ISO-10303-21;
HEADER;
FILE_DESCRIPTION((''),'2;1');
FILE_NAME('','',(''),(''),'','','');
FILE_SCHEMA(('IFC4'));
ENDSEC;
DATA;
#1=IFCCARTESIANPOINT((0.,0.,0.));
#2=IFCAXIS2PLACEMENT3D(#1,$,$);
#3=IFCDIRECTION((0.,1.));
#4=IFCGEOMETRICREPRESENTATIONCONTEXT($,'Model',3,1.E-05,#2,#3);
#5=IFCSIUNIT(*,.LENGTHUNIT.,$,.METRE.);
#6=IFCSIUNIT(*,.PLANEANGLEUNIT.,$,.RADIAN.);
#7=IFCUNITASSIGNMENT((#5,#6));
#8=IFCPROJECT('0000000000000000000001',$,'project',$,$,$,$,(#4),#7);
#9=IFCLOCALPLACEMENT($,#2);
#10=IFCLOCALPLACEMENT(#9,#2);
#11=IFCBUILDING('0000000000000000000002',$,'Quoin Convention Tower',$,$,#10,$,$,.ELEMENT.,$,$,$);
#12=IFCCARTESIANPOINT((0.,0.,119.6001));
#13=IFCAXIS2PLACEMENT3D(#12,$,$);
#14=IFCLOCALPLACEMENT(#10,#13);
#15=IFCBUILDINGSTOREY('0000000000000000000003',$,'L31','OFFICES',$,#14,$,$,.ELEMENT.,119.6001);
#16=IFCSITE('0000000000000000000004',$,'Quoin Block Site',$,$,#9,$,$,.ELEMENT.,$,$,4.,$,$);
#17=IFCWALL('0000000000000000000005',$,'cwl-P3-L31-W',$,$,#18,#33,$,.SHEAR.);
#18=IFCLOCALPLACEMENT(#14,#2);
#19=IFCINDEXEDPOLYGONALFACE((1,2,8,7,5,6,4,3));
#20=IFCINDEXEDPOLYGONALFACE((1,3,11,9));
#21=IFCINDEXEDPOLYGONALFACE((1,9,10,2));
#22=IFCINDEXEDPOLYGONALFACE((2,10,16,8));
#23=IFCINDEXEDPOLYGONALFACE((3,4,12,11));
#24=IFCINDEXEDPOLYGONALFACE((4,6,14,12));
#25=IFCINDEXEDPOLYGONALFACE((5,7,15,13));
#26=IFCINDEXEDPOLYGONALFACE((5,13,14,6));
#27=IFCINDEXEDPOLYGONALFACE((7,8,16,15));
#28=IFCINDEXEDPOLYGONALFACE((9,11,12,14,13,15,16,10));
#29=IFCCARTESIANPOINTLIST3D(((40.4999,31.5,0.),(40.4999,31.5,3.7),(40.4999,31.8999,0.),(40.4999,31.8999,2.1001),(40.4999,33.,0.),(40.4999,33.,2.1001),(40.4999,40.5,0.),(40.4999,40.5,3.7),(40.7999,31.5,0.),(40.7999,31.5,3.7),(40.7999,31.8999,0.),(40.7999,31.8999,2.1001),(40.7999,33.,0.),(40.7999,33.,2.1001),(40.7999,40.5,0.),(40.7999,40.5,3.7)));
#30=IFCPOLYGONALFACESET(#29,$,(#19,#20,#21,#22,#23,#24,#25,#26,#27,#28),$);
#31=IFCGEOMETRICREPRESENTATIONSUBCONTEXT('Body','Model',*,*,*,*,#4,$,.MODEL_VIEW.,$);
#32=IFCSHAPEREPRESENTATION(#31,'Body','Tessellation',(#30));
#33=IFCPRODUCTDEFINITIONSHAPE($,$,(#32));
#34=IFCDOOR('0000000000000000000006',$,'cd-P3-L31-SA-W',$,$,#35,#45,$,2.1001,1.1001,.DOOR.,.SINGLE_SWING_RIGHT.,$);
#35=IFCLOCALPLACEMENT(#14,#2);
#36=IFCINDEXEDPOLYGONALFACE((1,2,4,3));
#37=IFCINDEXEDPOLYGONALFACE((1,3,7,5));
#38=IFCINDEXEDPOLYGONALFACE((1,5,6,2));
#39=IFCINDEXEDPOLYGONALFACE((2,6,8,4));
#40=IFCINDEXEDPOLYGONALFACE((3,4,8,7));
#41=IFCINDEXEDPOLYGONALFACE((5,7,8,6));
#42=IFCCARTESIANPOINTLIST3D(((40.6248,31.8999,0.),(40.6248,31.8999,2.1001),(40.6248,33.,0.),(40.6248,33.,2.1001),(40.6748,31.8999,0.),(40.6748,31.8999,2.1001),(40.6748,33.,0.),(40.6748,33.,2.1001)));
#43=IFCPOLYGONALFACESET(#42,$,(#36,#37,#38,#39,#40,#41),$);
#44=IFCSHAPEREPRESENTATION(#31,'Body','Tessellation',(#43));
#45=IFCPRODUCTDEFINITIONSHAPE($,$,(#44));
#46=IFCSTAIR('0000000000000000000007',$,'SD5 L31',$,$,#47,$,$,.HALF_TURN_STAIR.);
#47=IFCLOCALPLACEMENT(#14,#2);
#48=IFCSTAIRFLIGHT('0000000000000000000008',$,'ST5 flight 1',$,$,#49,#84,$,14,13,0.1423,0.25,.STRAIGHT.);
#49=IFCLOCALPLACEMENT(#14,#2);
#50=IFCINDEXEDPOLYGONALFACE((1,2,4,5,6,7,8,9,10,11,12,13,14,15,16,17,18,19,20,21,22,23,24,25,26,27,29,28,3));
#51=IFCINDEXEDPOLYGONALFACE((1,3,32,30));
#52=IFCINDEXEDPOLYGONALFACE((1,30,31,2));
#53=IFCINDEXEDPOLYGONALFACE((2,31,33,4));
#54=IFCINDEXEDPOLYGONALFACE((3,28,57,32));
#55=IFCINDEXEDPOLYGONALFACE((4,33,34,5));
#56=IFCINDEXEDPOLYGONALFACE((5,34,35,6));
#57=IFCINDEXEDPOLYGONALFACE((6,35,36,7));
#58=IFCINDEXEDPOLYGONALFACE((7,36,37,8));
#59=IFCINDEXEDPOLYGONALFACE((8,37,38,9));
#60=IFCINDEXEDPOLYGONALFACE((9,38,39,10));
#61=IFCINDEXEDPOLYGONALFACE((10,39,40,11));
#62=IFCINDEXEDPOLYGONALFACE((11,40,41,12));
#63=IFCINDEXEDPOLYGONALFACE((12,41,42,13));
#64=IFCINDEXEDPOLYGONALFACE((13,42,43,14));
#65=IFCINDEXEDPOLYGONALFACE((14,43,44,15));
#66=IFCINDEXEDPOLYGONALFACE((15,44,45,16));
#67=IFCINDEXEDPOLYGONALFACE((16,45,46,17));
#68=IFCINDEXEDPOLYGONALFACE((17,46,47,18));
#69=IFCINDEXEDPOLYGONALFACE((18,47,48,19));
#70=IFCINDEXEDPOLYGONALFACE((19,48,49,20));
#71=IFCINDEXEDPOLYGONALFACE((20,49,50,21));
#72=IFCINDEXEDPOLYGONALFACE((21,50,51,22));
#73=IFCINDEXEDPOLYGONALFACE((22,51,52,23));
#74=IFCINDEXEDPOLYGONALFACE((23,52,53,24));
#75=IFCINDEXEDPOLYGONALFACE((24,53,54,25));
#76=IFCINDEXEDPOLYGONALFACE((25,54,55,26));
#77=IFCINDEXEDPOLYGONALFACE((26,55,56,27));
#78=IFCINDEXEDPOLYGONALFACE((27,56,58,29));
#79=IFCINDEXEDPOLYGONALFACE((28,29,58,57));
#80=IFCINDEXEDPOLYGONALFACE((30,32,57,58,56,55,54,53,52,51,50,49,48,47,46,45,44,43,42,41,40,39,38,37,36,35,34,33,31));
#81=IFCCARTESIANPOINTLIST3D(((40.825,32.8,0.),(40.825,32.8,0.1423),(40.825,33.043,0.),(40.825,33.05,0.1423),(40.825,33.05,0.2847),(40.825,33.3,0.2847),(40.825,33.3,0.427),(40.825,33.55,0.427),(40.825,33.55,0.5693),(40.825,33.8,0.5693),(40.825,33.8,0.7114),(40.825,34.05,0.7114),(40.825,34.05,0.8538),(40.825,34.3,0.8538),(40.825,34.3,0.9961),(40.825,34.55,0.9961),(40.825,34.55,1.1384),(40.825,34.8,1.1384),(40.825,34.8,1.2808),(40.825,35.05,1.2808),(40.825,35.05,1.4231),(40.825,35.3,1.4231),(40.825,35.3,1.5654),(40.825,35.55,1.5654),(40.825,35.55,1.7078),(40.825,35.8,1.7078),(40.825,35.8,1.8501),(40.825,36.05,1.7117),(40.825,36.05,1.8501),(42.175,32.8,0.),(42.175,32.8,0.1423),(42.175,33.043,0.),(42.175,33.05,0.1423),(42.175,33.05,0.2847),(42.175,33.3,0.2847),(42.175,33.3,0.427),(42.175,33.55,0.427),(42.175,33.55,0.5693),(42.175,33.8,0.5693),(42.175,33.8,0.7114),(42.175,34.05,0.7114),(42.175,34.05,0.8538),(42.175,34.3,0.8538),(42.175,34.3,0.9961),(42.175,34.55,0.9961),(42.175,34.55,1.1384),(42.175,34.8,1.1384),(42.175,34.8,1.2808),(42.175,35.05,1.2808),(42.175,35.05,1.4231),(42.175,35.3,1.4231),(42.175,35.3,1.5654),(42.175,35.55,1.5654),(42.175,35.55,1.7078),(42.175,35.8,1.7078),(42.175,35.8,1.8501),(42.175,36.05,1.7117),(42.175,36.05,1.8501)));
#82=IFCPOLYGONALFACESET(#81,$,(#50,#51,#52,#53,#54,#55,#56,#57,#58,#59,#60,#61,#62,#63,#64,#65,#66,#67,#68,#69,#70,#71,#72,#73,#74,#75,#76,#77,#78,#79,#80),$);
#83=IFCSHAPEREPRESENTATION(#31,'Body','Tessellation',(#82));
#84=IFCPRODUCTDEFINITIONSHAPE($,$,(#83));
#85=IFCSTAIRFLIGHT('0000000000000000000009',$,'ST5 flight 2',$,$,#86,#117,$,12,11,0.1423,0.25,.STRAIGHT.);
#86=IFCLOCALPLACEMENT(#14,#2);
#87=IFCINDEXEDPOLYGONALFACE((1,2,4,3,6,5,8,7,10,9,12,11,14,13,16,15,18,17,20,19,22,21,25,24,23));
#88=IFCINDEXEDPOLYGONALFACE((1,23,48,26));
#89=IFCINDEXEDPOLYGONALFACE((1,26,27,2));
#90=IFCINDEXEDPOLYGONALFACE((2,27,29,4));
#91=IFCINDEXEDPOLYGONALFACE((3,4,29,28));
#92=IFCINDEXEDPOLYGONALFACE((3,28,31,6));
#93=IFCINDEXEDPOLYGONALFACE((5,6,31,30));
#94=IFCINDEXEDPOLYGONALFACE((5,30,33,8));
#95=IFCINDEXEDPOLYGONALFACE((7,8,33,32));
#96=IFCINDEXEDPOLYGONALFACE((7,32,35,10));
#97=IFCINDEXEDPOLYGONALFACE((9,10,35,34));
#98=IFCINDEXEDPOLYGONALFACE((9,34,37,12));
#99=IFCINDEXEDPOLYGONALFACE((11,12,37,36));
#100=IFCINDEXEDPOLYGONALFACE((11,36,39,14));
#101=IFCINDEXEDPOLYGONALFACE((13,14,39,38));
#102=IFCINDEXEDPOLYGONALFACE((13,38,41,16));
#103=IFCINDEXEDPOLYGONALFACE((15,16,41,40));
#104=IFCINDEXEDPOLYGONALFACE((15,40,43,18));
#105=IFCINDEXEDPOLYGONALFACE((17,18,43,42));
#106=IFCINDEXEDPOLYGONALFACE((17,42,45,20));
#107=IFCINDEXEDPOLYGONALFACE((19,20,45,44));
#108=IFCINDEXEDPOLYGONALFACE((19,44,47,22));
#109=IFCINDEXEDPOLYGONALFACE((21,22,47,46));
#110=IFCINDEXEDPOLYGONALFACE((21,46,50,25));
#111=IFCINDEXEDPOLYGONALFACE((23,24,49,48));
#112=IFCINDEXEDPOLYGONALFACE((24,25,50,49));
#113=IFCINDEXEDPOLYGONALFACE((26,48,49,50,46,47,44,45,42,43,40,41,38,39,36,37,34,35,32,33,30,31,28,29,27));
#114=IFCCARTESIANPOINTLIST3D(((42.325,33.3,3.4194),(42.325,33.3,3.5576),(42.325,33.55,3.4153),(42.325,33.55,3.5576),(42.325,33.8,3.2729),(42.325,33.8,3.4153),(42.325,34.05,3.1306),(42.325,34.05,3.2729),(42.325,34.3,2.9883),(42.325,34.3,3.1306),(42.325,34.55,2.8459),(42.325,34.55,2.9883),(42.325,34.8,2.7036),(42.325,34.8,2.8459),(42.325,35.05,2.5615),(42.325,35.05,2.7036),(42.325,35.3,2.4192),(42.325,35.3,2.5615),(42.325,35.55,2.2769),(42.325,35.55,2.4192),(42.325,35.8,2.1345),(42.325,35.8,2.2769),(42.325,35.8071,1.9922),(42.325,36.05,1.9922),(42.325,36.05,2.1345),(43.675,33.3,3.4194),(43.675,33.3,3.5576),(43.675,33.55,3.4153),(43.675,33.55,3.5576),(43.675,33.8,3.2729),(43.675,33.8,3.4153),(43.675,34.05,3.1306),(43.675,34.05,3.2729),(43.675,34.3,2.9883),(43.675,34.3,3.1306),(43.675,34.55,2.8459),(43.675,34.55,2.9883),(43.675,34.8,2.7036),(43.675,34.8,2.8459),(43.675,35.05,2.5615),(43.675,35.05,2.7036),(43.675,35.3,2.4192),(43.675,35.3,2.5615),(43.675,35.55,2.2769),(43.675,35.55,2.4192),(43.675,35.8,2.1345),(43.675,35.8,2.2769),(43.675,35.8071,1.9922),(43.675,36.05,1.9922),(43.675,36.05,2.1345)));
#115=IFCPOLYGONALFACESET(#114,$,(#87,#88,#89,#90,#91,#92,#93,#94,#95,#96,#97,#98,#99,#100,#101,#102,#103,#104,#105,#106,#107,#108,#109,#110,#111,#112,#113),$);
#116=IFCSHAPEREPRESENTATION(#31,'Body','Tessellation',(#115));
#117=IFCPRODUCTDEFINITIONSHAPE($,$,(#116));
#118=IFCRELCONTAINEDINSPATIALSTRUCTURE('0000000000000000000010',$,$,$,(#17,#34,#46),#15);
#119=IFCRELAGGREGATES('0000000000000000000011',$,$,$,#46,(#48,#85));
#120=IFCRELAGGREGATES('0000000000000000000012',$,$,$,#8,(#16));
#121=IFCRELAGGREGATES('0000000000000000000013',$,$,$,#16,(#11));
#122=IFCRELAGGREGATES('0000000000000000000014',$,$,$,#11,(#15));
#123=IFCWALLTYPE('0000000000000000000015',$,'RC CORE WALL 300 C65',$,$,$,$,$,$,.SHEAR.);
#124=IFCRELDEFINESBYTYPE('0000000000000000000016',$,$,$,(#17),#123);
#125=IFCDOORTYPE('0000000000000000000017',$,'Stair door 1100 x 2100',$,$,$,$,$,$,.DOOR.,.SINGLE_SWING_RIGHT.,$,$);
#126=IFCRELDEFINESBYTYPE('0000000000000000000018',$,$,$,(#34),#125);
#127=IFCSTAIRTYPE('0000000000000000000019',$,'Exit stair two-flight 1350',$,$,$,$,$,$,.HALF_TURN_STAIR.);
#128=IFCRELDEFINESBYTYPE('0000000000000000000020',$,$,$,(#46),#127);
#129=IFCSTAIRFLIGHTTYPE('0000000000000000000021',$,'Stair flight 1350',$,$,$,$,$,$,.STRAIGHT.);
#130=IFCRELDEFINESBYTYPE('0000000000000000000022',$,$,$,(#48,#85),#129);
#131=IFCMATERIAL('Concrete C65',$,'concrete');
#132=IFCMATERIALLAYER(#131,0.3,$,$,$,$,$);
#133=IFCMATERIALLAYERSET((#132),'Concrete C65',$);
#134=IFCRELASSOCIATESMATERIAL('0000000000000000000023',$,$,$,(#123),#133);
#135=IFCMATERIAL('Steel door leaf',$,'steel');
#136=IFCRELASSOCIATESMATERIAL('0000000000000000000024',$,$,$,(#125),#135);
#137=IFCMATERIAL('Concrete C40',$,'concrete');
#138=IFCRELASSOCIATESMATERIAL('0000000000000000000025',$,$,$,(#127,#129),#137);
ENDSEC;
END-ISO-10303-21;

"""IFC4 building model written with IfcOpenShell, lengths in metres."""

from ifc_helpers import new_model, si_unit, direction, frame, frame_2d, origin, place, context, subcontext, project, spatial, polyline, rectangle, outline, extrude, material, layer, layer_set, type_object, element, fill, aggregate, save


model = new_model("IFC4")

# Units and contexts
model_context = context("Model", 3, precision=1e-05, world=origin(), true_north=direction((0.0, 1.0)))
body_context = subcontext(model_context, "Body", "Model", "MODEL_VIEW")
ifc_project = project(units=[si_unit("LENGTHUNIT", "METRE"), si_unit("PLANEANGLEUNIT", "RADIAN")], contexts=[model_context])

# Site, building, storey
site_placement = place(None, origin())
site = spatial("IfcSite", under=ifc_project, at=site_placement, Name="Quoin Block Site", CompositionType="ELEMENT", RefElevation=4.0)
building_placement = place(site_placement, origin())
building = spatial("IfcBuilding", under=site, at=building_placement, Name="Quoin Convention Tower", CompositionType="ELEMENT")
storey_placement = place(building_placement, frame((0.0, 0.0, 119.6001)))
storey = spatial("IfcBuildingStorey", under=building, at=storey_placement, Name="L31", Description="OFFICES", CompositionType="ELEMENT", Elevation=119.6001)

# Shared definitions
ifc_material_1 = material(Name="Concrete C65", Category="concrete")

# Wall, opening, door
ifc_layer_1 = layer(ifc_material_1, 0.3)
ifc_layer_set_1 = layer_set([ifc_layer_1], Name="Concrete C65")
wall_type_1 = type_object("IfcWallType", Name="RC CORE WALL 300 C65", PredefinedType="SHEAR", material=ifc_layer_set_1)
ifc_material_2 = material(Name="Steel door leaf", Category="steel")
door_type_1 = type_object("IfcDoorType", Name="Stair door 1100 x 2100", OperationType="SINGLE_SWING_RIGHT", PredefinedType="DOOR", material=ifc_material_2)
wall_1_placement = place(storey_placement, frame((40.6499, 31.5, 0.0), z_axis=(0.0, 0.0, 1.0), x_axis=(0.0, 1.0, 0.0)))
wall_1 = element("IfcWall", 1, at=wall_1_placement, inside=storey, type_object=wall_type_1, Name="cwl-P3-L31-W", PredefinedType="SHEAR", context=body_context, shape_type="SweptSolid", body=[
    extrude(rectangle(XDim=9.0, YDim=0.3, at=frame_2d((4.5, 0.0))), origin(), (0.0, 0.0, 1.0), 3.7),
])
opening_1_placement = place(wall_1_placement, frame((0.3999, 0.0, 0.0)))
opening_1 = element("IfcOpeningElement", 2, at=opening_1_placement, cuts=wall_1, PredefinedType="OPENING", context=body_context, shape_type="SweptSolid", body=[
    extrude(rectangle(XDim=1.1001, YDim=2.1001, at=frame_2d((0.55, 1.05))), frame((0.0, 0.1599, 0.0), z_axis=(0.0, -1.0, 0.0), x_axis=(1.0, 0.0, 0.0)), (0.0, 0.0, 1.0), 0.3201),
])
door_1_placement = place(opening_1_placement, frame((1.1001, 0.0, 0.0), z_axis=(0.0, 0.0, 1.0), x_axis=(-1.0, 0.0, 0.0)))
door_1 = element("IfcDoor", 3, at=door_1_placement, inside=storey, type_object=door_type_1, Name="cd-P3-L31-SA-W", OperationType="SINGLE_SWING_RIGHT", OverallHeight=2.1001, OverallWidth=1.1001, PredefinedType="DOOR", context=body_context, shape_type="SweptSolid", body=[
    extrude(rectangle(XDim=1.1001, YDim=2.1001, at=frame_2d((0.55, 1.05))), frame((0.0, 0.0249, 0.0), z_axis=(0.0, -1.0, 0.0), x_axis=(1.0, 0.0, 0.0)), (0.0, 0.0, 1.0), 0.05),
])
fill(opening_1, door_1)

# Stair, stair flights
ifc_material_3 = material(Name="Concrete C40", Category="concrete")
stair_type = type_object("IfcStairType", Name="Exit stair two-flight 1350", PredefinedType="HALF_TURN_STAIR", material=ifc_material_3)
stair_placement = place(storey_placement, origin())
stair = element("IfcStair", 4, at=stair_placement, inside=storey, type_object=stair_type, Name="SD5 L31", PredefinedType="HALF_TURN_STAIR")
stair_flight_type = type_object("IfcStairFlightType", Name="Stair flight 1350", PredefinedType="STRAIGHT", material=ifc_material_3)
stair_flight_1_placement = place(storey_placement, frame((41.5, 32.8, 0.0), z_axis=(0.0, 0.0, 1.0), x_axis=(0.0, 1.0, 0.0)))
stair_flight_1 = element("IfcStairFlight", 5, at=stair_flight_1_placement, type_object=stair_flight_type, Name="ST5 flight 1", NumberOfRisers=14, NumberOfTreads=13, PredefinedType="STRAIGHT", RiserHeight=0.1423, TreadLength=0.25, context=body_context, shape_type="SweptSolid", body=[
    extrude(outline(polyline([(0.0, 0.0), (0.0, 0.1423), (0.25, 0.1423), (0.25, 0.2847), (0.5, 0.2847), (0.5, 0.427), (0.75, 0.427), (0.75, 0.5693), (1.0, 0.5693), (1.0, 0.7114), (1.25, 0.7114), (1.25, 0.8538), (1.5, 0.8538), (1.5, 0.9961), (1.75, 0.9961), (1.75, 1.1384), (2.0, 1.1384), (2.0, 1.2808), (2.25, 1.2808), (2.25, 1.4231), (2.5, 1.4231), (2.5, 1.5654), (2.75, 1.5654), (2.75, 1.7078), (3.0, 1.7078), (3.0, 1.8501), (3.25, 1.8501), (3.25, 1.9922), (3.25, 1.7117), (0.2429, 0.0), (0.0, 0.0)])), frame((0.0, 0.675, 0.0), z_axis=(0.0, -1.0, 0.0), x_axis=(1.0, 0.0, 0.0)), (0.0, 0.0, 1.0), 1.3501),
])
stair_flight_2_placement = place(storey_placement, frame((43.0, 36.05, 1.9922), z_axis=(0.0, 0.0, 1.0), x_axis=(0.0, -1.0, 0.0)))
stair_flight_2 = element("IfcStairFlight", 6, at=stair_flight_2_placement, type_object=stair_flight_type, Name="ST5 flight 2", NumberOfRisers=12, NumberOfTreads=11, PredefinedType="STRAIGHT", RiserHeight=0.1423, TreadLength=0.25, context=body_context, shape_type="SweptSolid", body=[
    extrude(outline(polyline([(0.0, 0.0), (0.0, 0.1423), (0.25, 0.1423), (0.25, 0.2847), (0.5, 0.2847), (0.5, 0.427), (0.75, 0.427), (0.75, 0.5693), (1.0, 0.5693), (1.0, 0.7114), (1.25, 0.7114), (1.25, 0.8538), (1.5, 0.8538), (1.5, 0.9961), (1.75, 0.9961), (1.75, 1.1384), (2.0, 1.1384), (2.0, 1.2808), (2.25, 1.2808), (2.25, 1.4231), (2.5, 1.4231), (2.5, 1.5654), (2.75, 1.5654), (2.75, 1.7078), (2.75, 1.4272), (0.2429, 0.0), (0.0, 0.0)])), frame((0.0, 0.675, 0.0), z_axis=(0.0, -1.0, 0.0), x_axis=(1.0, 0.0, 0.0)), (0.0, 0.0, 1.0), 1.3501),
])
aggregate(stair, [stair_flight_1, stair_flight_2])

save(model, "model.ifc")
